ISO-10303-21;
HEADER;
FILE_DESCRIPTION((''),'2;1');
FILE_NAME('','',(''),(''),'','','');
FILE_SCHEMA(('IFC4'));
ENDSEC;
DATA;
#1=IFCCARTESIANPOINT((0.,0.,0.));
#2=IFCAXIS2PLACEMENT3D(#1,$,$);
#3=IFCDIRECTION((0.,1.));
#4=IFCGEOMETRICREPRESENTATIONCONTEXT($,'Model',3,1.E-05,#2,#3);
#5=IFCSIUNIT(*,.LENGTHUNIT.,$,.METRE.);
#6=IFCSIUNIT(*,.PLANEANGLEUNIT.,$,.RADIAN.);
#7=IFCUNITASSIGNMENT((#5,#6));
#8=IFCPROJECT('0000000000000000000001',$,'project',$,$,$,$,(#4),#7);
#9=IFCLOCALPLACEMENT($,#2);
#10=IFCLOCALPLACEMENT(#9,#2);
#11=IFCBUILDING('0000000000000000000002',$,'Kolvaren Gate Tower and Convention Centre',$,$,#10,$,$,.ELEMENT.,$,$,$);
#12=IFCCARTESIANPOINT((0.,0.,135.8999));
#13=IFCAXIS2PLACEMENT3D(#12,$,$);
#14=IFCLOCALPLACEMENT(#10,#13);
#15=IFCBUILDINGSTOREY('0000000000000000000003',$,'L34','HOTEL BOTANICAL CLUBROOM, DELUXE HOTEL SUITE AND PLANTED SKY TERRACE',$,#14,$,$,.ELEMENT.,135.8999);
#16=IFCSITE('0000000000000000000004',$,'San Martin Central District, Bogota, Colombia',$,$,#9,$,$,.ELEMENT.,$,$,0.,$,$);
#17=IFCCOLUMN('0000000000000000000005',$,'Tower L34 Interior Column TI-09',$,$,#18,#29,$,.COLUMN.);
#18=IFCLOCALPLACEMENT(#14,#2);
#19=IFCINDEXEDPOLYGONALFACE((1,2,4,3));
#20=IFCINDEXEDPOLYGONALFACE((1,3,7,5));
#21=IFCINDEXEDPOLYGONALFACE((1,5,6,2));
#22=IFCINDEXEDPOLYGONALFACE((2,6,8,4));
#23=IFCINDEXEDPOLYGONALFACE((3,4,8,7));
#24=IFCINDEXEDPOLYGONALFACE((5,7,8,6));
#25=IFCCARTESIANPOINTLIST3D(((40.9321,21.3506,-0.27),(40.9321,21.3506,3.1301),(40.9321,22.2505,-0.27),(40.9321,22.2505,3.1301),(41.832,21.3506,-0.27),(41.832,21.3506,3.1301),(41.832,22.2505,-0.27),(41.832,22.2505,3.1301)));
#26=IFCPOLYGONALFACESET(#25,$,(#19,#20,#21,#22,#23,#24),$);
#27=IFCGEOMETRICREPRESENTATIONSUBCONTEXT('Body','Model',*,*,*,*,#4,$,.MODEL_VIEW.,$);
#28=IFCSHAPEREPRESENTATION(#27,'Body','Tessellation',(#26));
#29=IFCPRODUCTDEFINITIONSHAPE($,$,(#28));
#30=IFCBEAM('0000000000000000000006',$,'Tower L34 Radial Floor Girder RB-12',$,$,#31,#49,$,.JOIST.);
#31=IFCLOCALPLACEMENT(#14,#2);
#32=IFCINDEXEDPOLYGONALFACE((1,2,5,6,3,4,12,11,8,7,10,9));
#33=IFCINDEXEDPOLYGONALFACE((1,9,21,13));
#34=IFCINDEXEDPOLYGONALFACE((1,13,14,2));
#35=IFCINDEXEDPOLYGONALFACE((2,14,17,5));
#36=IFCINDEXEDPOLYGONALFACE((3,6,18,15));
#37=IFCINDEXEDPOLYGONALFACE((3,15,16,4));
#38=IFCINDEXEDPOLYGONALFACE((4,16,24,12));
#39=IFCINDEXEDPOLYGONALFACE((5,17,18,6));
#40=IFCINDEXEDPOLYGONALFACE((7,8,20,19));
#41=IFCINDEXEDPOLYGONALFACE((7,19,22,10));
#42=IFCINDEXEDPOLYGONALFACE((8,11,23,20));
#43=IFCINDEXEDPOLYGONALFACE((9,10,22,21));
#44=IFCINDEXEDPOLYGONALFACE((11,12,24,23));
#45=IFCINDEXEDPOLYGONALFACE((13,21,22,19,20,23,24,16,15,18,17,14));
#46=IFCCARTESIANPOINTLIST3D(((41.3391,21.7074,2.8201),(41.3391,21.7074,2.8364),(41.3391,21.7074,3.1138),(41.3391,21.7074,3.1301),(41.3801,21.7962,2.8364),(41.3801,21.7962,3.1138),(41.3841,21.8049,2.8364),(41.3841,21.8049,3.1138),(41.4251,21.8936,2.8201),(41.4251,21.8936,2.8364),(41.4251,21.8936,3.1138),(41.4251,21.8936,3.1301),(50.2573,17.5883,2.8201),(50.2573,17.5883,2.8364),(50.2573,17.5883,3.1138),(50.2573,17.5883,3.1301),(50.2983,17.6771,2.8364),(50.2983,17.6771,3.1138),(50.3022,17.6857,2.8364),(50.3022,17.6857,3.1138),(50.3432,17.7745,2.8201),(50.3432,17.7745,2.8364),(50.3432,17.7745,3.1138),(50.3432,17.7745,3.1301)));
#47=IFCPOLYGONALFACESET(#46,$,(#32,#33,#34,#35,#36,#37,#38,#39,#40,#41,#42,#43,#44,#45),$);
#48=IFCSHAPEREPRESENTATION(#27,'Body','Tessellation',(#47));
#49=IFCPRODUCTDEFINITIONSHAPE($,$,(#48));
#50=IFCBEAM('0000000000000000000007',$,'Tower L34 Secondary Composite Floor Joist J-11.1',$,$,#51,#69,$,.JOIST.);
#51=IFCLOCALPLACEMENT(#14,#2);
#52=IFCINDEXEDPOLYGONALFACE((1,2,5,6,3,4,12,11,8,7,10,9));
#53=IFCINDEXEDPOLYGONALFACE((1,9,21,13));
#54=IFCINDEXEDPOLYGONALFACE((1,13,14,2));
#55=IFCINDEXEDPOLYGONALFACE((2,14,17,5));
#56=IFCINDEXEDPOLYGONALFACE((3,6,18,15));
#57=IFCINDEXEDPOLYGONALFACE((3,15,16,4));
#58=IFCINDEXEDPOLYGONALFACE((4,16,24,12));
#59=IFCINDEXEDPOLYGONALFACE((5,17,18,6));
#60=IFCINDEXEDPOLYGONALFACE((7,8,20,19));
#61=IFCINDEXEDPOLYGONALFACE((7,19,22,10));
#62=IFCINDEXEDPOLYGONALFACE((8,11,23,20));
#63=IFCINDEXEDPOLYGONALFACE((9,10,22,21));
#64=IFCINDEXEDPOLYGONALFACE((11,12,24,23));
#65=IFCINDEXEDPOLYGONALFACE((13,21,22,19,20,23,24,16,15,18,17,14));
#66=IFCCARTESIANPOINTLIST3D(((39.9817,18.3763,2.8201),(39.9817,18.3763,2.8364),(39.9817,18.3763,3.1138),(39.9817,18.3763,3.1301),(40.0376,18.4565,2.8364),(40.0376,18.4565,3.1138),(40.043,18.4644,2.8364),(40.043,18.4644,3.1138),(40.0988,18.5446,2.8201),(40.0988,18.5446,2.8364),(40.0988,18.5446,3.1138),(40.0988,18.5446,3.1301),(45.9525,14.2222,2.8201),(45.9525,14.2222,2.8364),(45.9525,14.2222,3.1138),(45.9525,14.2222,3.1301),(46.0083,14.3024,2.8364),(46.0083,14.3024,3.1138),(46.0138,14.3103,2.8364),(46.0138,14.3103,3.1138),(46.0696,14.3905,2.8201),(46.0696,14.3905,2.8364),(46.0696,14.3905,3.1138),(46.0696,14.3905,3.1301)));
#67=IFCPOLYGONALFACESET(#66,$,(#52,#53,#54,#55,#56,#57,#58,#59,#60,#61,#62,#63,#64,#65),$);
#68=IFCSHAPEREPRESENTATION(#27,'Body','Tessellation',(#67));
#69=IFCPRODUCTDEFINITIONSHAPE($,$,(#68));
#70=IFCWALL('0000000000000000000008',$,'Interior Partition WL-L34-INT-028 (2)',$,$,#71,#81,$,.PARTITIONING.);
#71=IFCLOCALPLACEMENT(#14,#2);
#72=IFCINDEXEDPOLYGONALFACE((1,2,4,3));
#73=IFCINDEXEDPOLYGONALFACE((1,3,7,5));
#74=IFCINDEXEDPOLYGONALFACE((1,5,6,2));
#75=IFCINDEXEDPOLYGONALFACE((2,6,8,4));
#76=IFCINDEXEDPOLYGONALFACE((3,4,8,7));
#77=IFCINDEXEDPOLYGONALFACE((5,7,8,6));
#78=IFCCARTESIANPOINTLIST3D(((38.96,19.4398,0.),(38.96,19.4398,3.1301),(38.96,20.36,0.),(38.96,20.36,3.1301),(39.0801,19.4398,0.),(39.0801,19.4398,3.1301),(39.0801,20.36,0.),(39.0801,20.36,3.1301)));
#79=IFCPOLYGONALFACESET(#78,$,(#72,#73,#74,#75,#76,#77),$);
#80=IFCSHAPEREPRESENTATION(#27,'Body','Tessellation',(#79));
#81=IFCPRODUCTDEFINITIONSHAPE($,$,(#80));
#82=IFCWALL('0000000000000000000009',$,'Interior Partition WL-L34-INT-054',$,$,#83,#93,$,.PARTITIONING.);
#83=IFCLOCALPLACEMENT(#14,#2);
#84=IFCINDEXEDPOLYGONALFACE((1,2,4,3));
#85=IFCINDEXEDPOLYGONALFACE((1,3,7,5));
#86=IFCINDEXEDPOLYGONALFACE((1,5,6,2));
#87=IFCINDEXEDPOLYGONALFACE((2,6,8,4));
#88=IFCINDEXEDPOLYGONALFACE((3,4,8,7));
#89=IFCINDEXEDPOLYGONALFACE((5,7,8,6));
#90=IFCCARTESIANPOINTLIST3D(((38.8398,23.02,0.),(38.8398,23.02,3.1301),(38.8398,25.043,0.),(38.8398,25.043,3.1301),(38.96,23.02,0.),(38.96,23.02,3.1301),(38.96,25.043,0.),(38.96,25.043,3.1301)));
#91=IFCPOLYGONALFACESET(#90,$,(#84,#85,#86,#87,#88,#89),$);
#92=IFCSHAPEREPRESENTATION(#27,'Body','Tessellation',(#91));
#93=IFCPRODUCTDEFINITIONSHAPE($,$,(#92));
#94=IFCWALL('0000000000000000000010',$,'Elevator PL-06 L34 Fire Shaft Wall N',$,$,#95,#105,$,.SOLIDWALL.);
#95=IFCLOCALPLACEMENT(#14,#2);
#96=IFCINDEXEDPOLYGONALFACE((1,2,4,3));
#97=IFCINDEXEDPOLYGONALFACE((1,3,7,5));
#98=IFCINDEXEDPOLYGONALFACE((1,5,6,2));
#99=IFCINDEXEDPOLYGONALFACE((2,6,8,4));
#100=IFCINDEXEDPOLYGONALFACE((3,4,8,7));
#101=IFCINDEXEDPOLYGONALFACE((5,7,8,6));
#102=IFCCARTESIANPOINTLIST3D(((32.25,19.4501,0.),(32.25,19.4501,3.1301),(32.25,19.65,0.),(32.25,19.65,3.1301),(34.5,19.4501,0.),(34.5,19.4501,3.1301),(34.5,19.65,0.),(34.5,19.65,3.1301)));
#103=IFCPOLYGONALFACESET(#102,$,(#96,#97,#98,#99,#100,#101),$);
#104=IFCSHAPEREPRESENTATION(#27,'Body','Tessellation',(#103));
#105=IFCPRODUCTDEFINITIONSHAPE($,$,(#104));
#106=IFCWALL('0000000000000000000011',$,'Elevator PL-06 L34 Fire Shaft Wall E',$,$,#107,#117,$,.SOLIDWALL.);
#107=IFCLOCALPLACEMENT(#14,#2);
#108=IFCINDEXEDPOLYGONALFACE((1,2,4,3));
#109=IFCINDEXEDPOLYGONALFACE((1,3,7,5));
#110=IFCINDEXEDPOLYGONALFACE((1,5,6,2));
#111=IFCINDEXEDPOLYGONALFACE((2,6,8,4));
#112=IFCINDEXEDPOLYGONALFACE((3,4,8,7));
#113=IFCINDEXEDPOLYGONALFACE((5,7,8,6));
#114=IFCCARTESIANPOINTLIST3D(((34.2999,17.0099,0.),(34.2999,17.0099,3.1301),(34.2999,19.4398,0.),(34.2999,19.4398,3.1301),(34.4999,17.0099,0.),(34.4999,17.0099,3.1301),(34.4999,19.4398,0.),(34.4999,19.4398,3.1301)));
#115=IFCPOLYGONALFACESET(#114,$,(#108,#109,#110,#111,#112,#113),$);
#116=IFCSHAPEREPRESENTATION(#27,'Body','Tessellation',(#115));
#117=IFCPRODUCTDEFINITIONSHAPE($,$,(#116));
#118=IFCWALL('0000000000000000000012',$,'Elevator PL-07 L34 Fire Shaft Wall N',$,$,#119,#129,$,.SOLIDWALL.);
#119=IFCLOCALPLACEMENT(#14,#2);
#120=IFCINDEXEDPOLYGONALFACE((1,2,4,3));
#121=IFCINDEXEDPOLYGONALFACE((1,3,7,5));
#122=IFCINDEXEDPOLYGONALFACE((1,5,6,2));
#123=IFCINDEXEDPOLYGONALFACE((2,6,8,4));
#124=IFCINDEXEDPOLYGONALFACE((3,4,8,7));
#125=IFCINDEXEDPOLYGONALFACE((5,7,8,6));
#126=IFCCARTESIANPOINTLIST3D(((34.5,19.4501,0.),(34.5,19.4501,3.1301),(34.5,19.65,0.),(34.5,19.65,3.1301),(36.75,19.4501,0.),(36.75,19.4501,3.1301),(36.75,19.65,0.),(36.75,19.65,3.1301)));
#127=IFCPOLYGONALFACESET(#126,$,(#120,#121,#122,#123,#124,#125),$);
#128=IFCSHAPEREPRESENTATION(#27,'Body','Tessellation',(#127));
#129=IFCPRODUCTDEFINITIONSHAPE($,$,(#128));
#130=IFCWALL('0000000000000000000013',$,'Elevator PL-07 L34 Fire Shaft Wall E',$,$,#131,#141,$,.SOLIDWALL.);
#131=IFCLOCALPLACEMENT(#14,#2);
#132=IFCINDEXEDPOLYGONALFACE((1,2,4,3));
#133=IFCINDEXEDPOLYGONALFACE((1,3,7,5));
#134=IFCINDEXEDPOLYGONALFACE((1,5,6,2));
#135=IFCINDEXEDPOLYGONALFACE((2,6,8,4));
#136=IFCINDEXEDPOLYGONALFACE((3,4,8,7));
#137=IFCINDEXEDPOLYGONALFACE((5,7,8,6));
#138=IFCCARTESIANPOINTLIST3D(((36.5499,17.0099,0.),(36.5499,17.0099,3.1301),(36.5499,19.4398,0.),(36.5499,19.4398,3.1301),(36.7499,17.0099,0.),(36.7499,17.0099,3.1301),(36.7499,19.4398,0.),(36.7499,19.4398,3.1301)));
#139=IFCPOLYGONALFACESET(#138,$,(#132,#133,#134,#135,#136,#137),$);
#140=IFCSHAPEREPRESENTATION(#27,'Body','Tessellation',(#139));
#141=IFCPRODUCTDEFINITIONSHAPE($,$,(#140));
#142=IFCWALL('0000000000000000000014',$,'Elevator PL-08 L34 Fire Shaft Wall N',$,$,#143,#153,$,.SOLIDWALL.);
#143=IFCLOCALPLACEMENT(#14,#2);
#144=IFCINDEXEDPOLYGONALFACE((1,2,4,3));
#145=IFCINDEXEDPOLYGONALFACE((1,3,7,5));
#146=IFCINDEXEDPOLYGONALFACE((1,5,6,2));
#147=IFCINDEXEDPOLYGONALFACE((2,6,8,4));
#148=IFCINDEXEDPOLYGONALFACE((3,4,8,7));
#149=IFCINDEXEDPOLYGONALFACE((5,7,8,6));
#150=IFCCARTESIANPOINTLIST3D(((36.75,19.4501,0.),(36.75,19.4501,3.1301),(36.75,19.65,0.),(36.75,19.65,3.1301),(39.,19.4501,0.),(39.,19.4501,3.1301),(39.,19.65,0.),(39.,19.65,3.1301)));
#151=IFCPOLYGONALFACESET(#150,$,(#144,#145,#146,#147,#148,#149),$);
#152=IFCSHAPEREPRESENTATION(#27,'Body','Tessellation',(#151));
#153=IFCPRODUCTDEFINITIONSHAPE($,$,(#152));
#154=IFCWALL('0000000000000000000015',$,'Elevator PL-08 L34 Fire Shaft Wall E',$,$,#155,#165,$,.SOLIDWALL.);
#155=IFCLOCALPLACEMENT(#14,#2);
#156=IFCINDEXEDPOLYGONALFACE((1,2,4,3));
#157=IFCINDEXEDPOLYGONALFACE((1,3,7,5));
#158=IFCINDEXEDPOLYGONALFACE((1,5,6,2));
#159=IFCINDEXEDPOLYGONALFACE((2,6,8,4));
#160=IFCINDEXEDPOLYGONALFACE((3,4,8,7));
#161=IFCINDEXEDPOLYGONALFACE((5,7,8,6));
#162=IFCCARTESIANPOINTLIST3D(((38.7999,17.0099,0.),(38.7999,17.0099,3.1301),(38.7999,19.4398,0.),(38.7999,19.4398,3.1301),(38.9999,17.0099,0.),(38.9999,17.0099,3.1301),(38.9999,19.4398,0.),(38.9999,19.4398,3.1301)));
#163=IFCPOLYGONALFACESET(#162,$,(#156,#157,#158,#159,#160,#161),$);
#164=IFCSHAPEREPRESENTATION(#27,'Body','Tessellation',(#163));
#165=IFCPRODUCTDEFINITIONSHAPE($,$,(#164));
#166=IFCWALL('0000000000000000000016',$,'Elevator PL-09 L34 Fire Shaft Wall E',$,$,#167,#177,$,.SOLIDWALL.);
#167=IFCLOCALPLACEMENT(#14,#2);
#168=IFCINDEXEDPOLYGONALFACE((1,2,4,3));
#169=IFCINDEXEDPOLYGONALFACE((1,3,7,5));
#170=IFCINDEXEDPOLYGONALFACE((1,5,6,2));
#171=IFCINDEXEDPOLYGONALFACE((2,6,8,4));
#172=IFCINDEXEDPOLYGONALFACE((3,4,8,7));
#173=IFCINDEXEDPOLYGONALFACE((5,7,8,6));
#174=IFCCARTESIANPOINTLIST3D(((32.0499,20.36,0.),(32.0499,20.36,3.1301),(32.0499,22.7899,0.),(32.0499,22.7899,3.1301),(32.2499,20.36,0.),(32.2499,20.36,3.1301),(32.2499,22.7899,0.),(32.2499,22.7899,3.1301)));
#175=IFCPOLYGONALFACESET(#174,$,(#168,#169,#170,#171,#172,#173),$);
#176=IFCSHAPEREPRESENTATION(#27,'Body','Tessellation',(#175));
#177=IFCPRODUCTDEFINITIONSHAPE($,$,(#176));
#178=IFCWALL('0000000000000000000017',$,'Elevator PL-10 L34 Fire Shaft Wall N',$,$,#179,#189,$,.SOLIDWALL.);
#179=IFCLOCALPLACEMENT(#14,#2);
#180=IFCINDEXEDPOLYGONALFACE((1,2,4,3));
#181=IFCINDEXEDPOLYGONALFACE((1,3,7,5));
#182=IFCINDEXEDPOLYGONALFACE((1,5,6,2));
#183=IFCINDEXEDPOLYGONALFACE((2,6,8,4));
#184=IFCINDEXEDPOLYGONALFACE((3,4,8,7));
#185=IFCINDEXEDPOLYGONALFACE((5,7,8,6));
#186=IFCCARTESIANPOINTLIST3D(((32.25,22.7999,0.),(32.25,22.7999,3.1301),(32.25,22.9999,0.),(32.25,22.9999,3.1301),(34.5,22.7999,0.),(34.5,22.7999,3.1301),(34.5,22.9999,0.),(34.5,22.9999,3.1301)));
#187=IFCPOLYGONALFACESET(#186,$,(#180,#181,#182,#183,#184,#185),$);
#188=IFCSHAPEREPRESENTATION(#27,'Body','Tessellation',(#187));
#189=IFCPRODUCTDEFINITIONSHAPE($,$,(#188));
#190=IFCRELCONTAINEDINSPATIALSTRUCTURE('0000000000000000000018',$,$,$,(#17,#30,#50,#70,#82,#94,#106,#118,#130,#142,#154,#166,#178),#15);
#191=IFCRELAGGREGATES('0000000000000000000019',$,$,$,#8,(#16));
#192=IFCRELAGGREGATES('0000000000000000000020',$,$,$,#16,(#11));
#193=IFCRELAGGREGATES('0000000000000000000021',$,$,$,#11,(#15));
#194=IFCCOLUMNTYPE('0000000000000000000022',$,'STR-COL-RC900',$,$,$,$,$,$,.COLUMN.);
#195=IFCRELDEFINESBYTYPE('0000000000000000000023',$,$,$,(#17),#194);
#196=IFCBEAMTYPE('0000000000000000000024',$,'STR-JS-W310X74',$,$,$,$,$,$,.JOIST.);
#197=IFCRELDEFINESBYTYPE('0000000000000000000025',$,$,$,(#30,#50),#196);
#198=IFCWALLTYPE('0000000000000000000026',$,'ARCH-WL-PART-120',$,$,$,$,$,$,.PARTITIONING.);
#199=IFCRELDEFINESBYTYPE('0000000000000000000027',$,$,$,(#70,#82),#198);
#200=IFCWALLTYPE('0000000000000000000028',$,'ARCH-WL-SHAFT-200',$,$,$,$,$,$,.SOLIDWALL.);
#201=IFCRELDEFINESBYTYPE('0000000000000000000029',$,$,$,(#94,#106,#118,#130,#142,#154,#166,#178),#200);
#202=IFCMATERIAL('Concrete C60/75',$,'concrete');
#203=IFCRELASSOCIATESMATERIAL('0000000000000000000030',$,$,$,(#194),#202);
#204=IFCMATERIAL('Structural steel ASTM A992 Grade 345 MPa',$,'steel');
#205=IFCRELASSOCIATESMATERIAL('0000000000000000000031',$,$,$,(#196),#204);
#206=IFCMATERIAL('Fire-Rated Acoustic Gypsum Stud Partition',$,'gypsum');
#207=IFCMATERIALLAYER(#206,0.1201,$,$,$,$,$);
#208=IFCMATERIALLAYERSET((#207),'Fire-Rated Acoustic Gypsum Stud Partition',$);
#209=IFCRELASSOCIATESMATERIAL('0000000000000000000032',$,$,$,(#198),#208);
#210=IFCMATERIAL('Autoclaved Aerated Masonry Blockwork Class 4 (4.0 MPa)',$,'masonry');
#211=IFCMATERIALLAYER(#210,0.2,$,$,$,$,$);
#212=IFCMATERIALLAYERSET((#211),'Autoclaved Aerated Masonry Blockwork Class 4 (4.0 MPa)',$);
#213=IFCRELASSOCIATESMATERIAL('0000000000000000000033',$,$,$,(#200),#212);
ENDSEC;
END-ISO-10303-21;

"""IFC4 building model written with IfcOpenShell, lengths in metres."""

from ifc_helpers import new_model, si_unit, direction, frame, frame_2d, origin, origin_2d, place, context, subcontext, project, spatial, rectangle, i_section, extrude, material, layer, layer_set, material_profile, profile_set, type_object, element, save


model = new_model("IFC4")

# Units and contexts
model_context = context("Model", 3, precision=1e-05, world=origin(), true_north=direction((0.0, 1.0)))
body_context = subcontext(model_context, "Body", "Model", "MODEL_VIEW")
ifc_project = project(units=[si_unit("LENGTHUNIT", "METRE"), si_unit("PLANEANGLEUNIT", "RADIAN")], contexts=[model_context])

# Site, building, storey
site_placement = place(None, origin())
site = spatial("IfcSite", under=ifc_project, at=site_placement, Name="San Martin Central District, Bogota, Colombia", CompositionType="ELEMENT", RefElevation=0.0)
building_placement = place(site_placement, origin())
building = spatial("IfcBuilding", under=site, at=building_placement, Name="Kolvaren Gate Tower and Convention Centre", CompositionType="ELEMENT")
storey_placement = place(building_placement, frame((0.0, 0.0, 135.8999)))
storey = spatial("IfcBuildingStorey", under=building, at=storey_placement, Name="L34", Description="HOTEL BOTANICAL CLUBROOM, DELUXE HOTEL SUITE AND PLANTED SKY TERRACE", CompositionType="ELEMENT", Elevation=135.8999)

# Column
ifc_material_1 = material(Name="Concrete C60/75", Category="concrete")
ifc_material_profile_1 = material_profile(ifc_material_1, rectangle(XDim=0.8999, YDim=0.8999, at=origin_2d()), Name="RC-COL-900X900")
ifc_profile_set_1 = profile_set([ifc_material_profile_1], Name="Concrete C60/75")
column_type = type_object("IfcColumnType", Name="STR-COL-RC900", PredefinedType="COLUMN", material=ifc_profile_set_1)
column_placement = place(storey_placement, frame((41.3821, 21.8005, -0.27), z_axis=(0.0, 0.0, 1.0), x_axis=(1.0, 0.0, 0.0)))
element("IfcColumn", 1, at=column_placement, inside=storey, type_object=column_type, Name="Tower L34 Interior Column TI-09", PredefinedType="COLUMN", context=body_context, shape_type="SweptSolid", body=[
    extrude(rectangle(XDim=0.8999, YDim=0.8999, at=origin_2d()), origin(), (0.0, 0.0, 1.0), 3.4001),
])

# Beams
ifc_material_2 = material(Name="Structural steel ASTM A992 Grade 345 MPa", Category="steel")
ifc_material_profile_2 = material_profile(ifc_material_2, i_section(OverallWidth=0.2051, OverallDepth=0.3101, WebThickness=0.0095, FlangeThickness=0.0164, at=origin_2d()), Name="W310X74")
ifc_profile_set_2 = profile_set([ifc_material_profile_2], Name="Structural steel ASTM A992 Grade 345 MPa")
beam_type = type_object("IfcBeamType", Name="STR-JS-W310X74", PredefinedType="JOIST", material=ifc_profile_set_2)
beam_1_placement = place(storey_placement, frame((41.3821, 21.8005, 2.9751), z_axis=(0.907842, -0.419313, 0.0), x_axis=(0.419313, 0.907842, 0.0)))
element("IfcBeam", 2, at=beam_1_placement, inside=storey, type_object=beam_type, Name="Tower L34 Radial Floor Girder RB-12", PredefinedType="JOIST", context=body_context, shape_type="SweptSolid", body=[
    extrude(i_section(OverallWidth=0.2051, OverallDepth=0.3101, WebThickness=0.0095, FlangeThickness=0.0164, at=origin_2d()), origin(), (0.0, 0.0, 1.0), 9.8235),
])
beam_2_placement = place(storey_placement, frame((40.0403, 18.4604, 2.9751), z_axis=(0.820872, -0.571113, 0.0), x_axis=(0.571113, 0.820872, 0.0)))
element("IfcBeam", 3, at=beam_2_placement, inside=storey, type_object=beam_type, Name="Tower L34 Secondary Composite Floor Joist J-11.1", PredefinedType="JOIST", context=body_context, shape_type="SweptSolid", body=[
    extrude(i_section(OverallWidth=0.2051, OverallDepth=0.3101, WebThickness=0.0095, FlangeThickness=0.0164, at=origin_2d()), origin(), (0.0, 0.0, 1.0), 7.2737),
])

# Walls
ifc_material_3 = material(Name="Fire-Rated Acoustic Gypsum Stud Partition", Category="gypsum")
ifc_layer_1 = layer(ifc_material_3, 0.1201)
ifc_layer_set_1 = layer_set([ifc_layer_1], Name="Fire-Rated Acoustic Gypsum Stud Partition")
wall_type_1 = type_object("IfcWallType", Name="ARCH-WL-PART-120", PredefinedType="PARTITIONING", material=ifc_layer_set_1)
wall_1_placement = place(storey_placement, frame((39.02, 19.4399, 0.0), z_axis=(0.0, 0.0, 1.0), x_axis=(0.0, 1.0, 0.0)))
element("IfcWall", 4, at=wall_1_placement, inside=storey, type_object=wall_type_1, Name="Interior Partition WL-L34-INT-028 (2)", PredefinedType="PARTITIONING", context=body_context, shape_type="SweptSolid", body=[
    extrude(rectangle(XDim=0.9202, YDim=0.1201, at=frame_2d((0.46, 0.0))), origin(), (0.0, 0.0, 1.0), 3.1301),
])
wall_2_placement = place(storey_placement, frame((38.8999, 23.02, 0.0), z_axis=(0.0, 0.0, 1.0), x_axis=(0.0, 1.0, 0.0)))
element("IfcWall", 5, at=wall_2_placement, inside=storey, type_object=wall_type_1, Name="Interior Partition WL-L34-INT-054", PredefinedType="PARTITIONING", context=body_context, shape_type="SweptSolid", body=[
    extrude(rectangle(XDim=2.0229, YDim=0.1201, at=frame_2d((1.0115, 0.0))), origin(), (0.0, 0.0, 1.0), 3.1301),
])
ifc_material_4 = material(Name="Autoclaved Aerated Masonry Blockwork Class 4 (4.0 MPa)", Category="masonry")
ifc_layer_2 = layer(ifc_material_4, 0.2)
ifc_layer_set_2 = layer_set([ifc_layer_2], Name="Autoclaved Aerated Masonry Blockwork Class 4 (4.0 MPa)")
wall_type_2 = type_object("IfcWallType", Name="ARCH-WL-SHAFT-200", PredefinedType="SOLIDWALL", material=ifc_layer_set_2)
wall_3_placement = place(storey_placement, frame((32.25, 19.55, 0.0), z_axis=(0.0, 0.0, 1.0), x_axis=(1.0, 0.0, 0.0)))
element("IfcWall", 6, at=wall_3_placement, inside=storey, type_object=wall_type_2, Name="Elevator PL-06 L34 Fire Shaft Wall N", PredefinedType="SOLIDWALL", context=body_context, shape_type="SweptSolid", body=[
    extrude(rectangle(XDim=2.25, YDim=0.2, at=frame_2d((1.125, 0.0))), origin(), (0.0, 0.0, 1.0), 3.1301),
])
wall_4_placement = place(storey_placement, frame((34.3999, 17.01, 0.0), z_axis=(0.0, 0.0, 1.0), x_axis=(0.0, 1.0, 0.0)))
element("IfcWall", 7, at=wall_4_placement, inside=storey, type_object=wall_type_2, Name="Elevator PL-06 L34 Fire Shaft Wall E", PredefinedType="SOLIDWALL", context=body_context, shape_type="SweptSolid", body=[
    extrude(rectangle(XDim=2.4299, YDim=0.2, at=frame_2d((1.2148, 0.0))), origin(), (0.0, 0.0, 1.0), 3.1301),
])
wall_5_placement = place(storey_placement, frame((34.5, 19.55, 0.0), z_axis=(0.0, 0.0, 1.0), x_axis=(1.0, 0.0, 0.0)))
element("IfcWall", 8, at=wall_5_placement, inside=storey, type_object=wall_type_2, Name="Elevator PL-07 L34 Fire Shaft Wall N", PredefinedType="SOLIDWALL", context=body_context, shape_type="SweptSolid", body=[
    extrude(rectangle(XDim=2.25, YDim=0.2, at=frame_2d((1.125, 0.0))), origin(), (0.0, 0.0, 1.0), 3.1301),
])
wall_6_placement = place(storey_placement, frame((36.6499, 17.01, 0.0), z_axis=(0.0, 0.0, 1.0), x_axis=(0.0, 1.0, 0.0)))
element("IfcWall", 9, at=wall_6_placement, inside=storey, type_object=wall_type_2, Name="Elevator PL-07 L34 Fire Shaft Wall E", PredefinedType="SOLIDWALL", context=body_context, shape_type="SweptSolid", body=[
    extrude(rectangle(XDim=2.4299, YDim=0.2, at=frame_2d((1.2148, 0.0))), origin(), (0.0, 0.0, 1.0), 3.1301),
])
wall_7_placement = place(storey_placement, frame((36.75, 19.55, 0.0), z_axis=(0.0, 0.0, 1.0), x_axis=(1.0, 0.0, 0.0)))
element("IfcWall", 10, at=wall_7_placement, inside=storey, type_object=wall_type_2, Name="Elevator PL-08 L34 Fire Shaft Wall N", PredefinedType="SOLIDWALL", context=body_context, shape_type="SweptSolid", body=[
    extrude(rectangle(XDim=2.25, YDim=0.2, at=frame_2d((1.125, 0.0))), origin(), (0.0, 0.0, 1.0), 3.1301),
])
for number, where, z_axis, x_axis, name in (
    (11, (38.8999, 17.01, 0.0), (0.0, 0.0, 1.0), (0.0, 1.0, 0.0), "Elevator PL-08 L34 Fire Shaft Wall E"),
    (12, (32.1499, 20.3601, 0.0), (0.0, 0.0, 1.0), (0.0, 1.0, 0.0), "Elevator PL-09 L34 Fire Shaft Wall E"),
):
    element("IfcWall", number, at=place(storey_placement, frame(where, z_axis=z_axis, x_axis=x_axis)), inside=storey, type_object=wall_type_2, Name=name, PredefinedType="SOLIDWALL", context=body_context, shape_type="SweptSolid", body=[
        extrude(rectangle(XDim=2.4299, YDim=0.2, at=frame_2d((1.2148, 0.0))), origin(), (0.0, 0.0, 1.0), 3.1301),
    ])
for number, where, z_axis, x_axis, name in (
    (13, (32.25, 22.8999, 0.0), (0.0, 0.0, 1.0), (1.0, 0.0, 0.0), "Elevator PL-10 L34 Fire Shaft Wall N"),
):
    element("IfcWall", number, at=place(storey_placement, frame(where, z_axis=z_axis, x_axis=x_axis)), inside=storey, type_object=wall_type_2, Name=name, PredefinedType="SOLIDWALL", context=body_context, shape_type="SweptSolid", body=[
        extrude(rectangle(XDim=2.25, YDim=0.2, at=frame_2d((1.125, 0.0))), origin(), (0.0, 0.0, 1.0), 3.1301),
    ])

save(model, "model.ifc")
